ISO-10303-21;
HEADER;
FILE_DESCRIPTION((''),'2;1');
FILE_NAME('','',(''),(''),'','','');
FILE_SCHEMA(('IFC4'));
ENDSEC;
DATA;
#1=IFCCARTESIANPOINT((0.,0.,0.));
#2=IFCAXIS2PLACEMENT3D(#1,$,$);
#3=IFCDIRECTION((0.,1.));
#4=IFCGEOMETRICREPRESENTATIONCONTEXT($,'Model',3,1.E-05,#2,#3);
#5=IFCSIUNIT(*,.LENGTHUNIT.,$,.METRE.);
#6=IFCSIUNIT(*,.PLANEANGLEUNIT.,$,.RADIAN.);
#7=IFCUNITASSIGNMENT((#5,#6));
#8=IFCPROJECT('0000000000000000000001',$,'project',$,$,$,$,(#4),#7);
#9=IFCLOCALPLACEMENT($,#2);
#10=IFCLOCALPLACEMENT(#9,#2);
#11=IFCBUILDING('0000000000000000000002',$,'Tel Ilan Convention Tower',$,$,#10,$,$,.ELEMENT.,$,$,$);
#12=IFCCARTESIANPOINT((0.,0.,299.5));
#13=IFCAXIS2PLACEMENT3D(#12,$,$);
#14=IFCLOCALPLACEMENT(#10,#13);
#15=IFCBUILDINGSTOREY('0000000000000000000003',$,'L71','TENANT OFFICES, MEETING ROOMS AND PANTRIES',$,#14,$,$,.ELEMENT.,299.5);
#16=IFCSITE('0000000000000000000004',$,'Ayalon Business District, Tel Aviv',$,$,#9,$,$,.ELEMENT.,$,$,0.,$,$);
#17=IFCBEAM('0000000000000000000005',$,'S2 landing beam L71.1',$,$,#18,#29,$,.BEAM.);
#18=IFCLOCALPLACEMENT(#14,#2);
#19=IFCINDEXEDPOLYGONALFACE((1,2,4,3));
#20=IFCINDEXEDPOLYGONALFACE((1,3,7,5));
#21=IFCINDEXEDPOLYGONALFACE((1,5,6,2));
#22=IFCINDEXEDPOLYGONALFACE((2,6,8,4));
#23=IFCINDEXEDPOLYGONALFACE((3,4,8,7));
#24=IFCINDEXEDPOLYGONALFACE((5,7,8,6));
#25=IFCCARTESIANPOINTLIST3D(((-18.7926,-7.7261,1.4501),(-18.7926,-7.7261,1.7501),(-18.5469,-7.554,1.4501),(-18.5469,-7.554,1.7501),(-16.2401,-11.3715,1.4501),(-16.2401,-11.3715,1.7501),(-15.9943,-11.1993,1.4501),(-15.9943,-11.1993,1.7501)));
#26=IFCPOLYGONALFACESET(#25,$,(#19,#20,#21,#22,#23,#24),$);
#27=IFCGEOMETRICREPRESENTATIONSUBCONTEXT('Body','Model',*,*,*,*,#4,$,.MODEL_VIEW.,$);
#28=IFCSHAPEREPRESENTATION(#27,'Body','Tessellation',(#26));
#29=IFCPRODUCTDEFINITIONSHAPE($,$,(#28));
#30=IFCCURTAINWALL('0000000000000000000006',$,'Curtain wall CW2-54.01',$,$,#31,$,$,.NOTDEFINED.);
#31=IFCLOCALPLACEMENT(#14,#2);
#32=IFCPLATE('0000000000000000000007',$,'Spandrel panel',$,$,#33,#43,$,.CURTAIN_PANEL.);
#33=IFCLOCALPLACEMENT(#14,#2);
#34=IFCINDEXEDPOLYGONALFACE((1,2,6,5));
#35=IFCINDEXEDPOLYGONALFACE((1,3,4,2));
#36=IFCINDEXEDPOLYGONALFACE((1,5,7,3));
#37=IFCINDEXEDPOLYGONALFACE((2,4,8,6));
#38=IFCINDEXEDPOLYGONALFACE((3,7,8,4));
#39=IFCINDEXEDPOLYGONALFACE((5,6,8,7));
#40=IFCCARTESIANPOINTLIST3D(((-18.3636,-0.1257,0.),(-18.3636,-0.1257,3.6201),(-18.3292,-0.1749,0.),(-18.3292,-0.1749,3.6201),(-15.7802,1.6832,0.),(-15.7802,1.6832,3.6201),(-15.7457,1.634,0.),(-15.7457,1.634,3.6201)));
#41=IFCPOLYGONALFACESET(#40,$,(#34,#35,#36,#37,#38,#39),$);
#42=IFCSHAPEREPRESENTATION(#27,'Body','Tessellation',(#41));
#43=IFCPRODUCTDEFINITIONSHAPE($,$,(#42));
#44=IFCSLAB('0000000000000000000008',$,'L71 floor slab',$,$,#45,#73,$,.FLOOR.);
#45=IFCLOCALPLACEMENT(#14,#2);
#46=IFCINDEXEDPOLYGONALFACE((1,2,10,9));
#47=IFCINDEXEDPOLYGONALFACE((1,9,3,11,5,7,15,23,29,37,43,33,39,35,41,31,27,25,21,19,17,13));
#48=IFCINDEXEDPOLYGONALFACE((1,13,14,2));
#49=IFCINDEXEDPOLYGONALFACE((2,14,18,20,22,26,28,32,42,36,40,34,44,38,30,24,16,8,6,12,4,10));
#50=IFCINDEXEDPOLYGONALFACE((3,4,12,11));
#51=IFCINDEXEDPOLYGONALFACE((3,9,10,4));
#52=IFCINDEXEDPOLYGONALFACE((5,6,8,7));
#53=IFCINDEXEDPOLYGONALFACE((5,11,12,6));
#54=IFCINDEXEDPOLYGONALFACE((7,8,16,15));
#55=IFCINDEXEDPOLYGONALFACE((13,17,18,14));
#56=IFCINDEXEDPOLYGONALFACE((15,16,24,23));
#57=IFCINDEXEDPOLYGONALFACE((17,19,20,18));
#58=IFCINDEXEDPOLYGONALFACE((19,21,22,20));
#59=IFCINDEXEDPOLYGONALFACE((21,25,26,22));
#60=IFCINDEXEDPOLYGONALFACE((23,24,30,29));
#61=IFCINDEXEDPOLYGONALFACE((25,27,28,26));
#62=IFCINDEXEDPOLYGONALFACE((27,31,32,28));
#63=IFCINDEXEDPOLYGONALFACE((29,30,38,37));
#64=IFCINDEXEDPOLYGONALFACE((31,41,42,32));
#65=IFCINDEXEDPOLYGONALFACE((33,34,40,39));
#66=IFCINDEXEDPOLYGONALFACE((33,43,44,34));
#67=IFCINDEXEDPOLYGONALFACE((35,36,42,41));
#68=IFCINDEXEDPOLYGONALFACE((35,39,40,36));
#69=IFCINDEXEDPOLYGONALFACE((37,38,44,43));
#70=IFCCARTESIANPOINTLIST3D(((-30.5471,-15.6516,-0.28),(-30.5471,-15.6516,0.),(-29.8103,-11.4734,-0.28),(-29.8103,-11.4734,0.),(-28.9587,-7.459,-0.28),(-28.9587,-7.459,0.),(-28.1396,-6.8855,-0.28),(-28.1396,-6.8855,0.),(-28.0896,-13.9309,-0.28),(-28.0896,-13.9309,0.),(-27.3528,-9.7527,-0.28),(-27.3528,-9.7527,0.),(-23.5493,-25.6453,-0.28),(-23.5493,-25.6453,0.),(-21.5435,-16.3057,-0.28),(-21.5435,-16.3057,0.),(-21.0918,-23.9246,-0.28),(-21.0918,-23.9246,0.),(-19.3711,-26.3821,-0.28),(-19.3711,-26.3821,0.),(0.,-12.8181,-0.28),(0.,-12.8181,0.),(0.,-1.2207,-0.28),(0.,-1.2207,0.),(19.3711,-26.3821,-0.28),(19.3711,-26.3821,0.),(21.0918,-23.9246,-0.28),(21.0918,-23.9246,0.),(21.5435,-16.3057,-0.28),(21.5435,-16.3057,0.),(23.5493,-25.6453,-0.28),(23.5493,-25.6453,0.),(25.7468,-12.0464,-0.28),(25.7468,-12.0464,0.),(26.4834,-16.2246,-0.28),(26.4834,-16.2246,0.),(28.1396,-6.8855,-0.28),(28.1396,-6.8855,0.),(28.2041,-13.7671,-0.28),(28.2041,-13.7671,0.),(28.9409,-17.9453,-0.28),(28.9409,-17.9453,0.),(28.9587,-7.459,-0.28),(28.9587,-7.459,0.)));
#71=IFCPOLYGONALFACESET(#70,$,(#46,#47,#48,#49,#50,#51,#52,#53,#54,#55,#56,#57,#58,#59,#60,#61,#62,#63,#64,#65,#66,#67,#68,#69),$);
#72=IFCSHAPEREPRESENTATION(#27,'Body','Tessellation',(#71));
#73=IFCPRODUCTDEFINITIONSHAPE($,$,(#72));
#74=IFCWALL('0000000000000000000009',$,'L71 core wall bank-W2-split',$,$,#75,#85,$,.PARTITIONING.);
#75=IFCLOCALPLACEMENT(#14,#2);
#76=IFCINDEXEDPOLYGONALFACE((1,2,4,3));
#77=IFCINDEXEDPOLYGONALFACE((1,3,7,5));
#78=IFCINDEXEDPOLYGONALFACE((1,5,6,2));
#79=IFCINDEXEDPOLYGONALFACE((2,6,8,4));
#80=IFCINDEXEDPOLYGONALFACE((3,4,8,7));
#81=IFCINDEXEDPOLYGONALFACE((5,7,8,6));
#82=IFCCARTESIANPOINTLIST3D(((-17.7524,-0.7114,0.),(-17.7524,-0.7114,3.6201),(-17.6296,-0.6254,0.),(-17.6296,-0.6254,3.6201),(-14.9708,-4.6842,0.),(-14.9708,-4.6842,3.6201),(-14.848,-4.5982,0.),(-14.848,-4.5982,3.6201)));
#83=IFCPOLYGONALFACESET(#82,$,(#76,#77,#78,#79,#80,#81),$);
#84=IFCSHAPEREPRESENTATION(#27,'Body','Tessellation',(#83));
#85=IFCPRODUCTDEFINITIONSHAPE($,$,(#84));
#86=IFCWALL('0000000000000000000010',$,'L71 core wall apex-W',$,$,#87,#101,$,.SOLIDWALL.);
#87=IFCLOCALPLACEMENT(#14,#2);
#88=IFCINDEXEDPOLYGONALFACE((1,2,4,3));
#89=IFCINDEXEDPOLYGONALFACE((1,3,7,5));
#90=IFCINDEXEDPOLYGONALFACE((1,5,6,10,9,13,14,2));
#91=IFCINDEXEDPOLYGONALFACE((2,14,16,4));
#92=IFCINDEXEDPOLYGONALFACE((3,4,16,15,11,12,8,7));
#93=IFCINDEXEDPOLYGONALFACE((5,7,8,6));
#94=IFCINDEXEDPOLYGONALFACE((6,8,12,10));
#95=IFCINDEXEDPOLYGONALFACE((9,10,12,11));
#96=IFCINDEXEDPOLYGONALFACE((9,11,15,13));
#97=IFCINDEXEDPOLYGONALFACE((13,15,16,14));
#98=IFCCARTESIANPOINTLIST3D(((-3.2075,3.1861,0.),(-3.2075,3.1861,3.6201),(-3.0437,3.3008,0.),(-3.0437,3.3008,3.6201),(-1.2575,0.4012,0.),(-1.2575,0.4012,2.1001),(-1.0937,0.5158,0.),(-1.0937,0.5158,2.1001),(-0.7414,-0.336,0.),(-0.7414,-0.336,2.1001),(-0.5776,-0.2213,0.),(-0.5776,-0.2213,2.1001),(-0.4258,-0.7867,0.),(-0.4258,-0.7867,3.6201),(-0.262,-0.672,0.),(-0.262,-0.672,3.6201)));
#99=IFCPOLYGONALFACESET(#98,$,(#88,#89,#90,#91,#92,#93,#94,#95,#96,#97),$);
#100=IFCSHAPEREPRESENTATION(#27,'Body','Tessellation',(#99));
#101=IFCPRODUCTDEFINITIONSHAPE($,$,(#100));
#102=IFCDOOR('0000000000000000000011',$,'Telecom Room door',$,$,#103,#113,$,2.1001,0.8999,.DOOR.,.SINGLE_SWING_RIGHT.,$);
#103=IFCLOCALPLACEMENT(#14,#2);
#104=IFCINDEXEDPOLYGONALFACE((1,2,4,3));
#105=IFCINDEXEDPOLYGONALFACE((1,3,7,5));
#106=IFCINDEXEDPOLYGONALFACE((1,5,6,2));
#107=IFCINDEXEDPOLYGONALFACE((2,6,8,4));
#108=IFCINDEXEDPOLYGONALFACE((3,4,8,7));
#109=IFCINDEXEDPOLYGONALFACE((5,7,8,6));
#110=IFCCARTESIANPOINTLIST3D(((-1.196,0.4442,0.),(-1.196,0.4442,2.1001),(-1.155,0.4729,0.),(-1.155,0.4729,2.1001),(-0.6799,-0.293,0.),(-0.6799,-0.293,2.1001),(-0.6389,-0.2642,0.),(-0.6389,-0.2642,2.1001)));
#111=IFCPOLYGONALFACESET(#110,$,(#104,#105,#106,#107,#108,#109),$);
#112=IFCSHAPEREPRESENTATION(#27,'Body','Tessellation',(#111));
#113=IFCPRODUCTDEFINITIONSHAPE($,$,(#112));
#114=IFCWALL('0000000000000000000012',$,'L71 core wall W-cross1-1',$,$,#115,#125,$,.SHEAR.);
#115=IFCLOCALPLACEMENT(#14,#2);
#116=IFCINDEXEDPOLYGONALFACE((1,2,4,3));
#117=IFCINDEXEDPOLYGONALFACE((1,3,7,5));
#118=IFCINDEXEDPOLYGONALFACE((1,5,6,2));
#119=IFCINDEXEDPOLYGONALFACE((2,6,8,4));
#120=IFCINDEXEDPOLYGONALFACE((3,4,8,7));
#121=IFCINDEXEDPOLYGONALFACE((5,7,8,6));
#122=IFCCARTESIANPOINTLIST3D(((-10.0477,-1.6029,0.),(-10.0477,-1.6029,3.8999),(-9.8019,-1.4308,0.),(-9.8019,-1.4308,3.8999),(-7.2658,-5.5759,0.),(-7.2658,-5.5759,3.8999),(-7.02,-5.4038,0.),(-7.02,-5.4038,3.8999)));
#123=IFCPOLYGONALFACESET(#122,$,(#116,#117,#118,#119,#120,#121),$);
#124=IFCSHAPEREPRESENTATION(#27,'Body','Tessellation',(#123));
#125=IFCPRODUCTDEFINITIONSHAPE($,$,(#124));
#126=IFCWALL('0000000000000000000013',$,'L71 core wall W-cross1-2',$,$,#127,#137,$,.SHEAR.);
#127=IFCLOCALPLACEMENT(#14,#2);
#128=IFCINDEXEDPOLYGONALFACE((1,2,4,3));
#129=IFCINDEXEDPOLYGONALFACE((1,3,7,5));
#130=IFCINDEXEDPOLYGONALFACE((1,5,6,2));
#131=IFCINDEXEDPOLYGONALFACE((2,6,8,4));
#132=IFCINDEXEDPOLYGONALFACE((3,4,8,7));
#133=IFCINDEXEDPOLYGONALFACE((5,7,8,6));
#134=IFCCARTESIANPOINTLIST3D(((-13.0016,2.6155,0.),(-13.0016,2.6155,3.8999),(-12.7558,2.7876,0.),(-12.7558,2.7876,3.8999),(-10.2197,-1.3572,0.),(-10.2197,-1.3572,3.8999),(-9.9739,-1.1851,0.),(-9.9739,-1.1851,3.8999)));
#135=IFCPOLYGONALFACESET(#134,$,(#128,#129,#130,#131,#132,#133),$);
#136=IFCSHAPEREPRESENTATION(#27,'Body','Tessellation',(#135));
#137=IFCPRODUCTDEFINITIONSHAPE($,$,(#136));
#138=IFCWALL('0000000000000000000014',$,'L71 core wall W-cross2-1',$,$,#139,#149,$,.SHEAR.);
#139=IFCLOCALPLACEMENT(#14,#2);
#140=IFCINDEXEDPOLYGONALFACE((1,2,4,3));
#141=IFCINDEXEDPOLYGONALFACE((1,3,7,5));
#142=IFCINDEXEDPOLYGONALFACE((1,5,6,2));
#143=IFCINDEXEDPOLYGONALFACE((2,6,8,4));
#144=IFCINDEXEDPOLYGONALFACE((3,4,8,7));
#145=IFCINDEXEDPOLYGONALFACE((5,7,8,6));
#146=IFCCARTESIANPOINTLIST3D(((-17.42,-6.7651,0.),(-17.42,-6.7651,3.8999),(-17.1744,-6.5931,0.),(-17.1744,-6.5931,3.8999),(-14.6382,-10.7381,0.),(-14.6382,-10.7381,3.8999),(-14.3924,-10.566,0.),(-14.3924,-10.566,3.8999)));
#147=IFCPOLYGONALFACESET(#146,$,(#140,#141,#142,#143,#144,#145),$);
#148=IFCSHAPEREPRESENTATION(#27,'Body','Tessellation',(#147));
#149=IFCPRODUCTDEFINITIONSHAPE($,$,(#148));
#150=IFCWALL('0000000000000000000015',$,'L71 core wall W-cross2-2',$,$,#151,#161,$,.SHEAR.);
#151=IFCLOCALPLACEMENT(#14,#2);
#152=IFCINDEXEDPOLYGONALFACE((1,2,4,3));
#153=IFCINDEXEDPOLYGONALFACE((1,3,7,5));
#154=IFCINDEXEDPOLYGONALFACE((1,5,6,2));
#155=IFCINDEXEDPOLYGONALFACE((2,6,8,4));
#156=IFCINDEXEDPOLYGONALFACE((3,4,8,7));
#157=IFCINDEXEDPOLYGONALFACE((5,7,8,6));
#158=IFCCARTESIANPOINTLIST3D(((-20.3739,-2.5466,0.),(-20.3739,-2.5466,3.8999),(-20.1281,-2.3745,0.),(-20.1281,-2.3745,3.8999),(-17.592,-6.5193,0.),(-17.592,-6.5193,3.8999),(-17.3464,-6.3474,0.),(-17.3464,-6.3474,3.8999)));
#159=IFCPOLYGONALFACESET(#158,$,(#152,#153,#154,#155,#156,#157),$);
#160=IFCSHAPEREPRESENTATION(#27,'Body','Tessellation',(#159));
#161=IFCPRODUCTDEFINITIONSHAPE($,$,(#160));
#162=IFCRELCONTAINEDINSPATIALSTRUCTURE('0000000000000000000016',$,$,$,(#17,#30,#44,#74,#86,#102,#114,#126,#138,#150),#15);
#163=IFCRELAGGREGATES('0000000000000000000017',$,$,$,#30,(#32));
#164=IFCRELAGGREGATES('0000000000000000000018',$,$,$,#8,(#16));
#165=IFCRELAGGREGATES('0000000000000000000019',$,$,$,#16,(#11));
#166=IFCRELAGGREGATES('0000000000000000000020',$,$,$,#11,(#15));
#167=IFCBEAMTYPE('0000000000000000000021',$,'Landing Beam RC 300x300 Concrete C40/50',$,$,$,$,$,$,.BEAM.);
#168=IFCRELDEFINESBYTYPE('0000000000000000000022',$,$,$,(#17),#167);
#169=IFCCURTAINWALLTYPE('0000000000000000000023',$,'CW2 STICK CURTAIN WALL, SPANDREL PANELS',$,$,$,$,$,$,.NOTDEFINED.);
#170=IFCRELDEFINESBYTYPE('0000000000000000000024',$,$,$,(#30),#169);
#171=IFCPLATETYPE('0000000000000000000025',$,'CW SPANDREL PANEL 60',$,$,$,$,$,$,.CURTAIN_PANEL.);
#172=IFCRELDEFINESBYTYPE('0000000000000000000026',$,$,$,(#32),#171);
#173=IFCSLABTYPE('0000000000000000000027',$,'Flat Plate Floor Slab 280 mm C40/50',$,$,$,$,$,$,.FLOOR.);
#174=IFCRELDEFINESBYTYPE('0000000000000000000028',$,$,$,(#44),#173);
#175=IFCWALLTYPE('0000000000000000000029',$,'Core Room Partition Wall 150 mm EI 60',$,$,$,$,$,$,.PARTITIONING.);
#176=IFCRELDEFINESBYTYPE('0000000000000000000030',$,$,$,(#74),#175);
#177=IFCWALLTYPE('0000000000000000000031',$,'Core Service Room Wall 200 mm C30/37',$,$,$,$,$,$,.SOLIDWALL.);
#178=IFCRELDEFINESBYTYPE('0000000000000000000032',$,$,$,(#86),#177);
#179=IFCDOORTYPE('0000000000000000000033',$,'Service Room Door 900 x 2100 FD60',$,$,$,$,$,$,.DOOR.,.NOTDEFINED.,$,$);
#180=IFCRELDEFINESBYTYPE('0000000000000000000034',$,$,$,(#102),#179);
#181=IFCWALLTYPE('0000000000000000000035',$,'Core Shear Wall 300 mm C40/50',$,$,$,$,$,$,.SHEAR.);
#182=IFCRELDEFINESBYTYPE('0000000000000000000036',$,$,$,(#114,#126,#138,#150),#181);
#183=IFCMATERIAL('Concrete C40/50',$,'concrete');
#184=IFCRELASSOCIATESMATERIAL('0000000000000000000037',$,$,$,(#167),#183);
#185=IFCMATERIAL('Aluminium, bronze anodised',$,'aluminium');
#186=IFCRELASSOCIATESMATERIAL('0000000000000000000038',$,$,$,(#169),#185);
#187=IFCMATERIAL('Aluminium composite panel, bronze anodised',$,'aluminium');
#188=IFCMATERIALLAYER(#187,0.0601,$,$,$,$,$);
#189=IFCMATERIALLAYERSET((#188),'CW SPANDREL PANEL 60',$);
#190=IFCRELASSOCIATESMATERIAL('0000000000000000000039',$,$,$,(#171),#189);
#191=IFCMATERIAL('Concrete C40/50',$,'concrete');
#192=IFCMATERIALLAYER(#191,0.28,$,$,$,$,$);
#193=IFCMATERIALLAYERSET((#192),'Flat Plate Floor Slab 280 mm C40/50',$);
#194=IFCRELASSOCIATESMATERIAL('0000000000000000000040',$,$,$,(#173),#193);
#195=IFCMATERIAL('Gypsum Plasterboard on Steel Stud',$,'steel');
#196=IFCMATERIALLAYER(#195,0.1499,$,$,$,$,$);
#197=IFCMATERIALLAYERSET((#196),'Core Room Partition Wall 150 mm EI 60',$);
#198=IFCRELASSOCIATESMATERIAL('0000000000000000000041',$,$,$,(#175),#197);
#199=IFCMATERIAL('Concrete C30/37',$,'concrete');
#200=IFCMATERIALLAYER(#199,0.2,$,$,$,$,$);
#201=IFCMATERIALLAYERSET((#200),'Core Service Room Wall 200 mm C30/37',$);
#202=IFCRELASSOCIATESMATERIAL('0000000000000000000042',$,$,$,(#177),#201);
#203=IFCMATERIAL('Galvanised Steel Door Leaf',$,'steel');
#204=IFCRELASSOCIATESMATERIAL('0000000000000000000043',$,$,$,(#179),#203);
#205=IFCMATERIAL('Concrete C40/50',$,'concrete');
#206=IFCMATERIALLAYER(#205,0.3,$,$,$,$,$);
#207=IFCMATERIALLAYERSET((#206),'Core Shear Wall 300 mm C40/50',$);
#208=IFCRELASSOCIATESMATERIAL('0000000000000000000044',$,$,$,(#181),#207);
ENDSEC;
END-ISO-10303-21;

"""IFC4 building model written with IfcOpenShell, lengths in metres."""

from ifc_helpers import new_model, si_unit, direction, frame, frame_2d, origin, origin_2d, place, context, subcontext, project, spatial, polyline, rectangle, outline, extrude, material, layer, layer_set, material_profile, profile_set, type_object, element, fill, aggregate, save


model = new_model("IFC4")

# Units and contexts
model_context = context("Model", 3, precision=1e-05, world=origin(), true_north=direction((0.0, 1.0)))
body_context = subcontext(model_context, "Body", "Model", "MODEL_VIEW")
ifc_project = project(units=[si_unit("LENGTHUNIT", "METRE"), si_unit("PLANEANGLEUNIT", "RADIAN")], contexts=[model_context])

# Site, building, storey
site_placement = place(None, origin())
site = spatial("IfcSite", under=ifc_project, at=site_placement, Name="Ayalon Business District, Tel Aviv", CompositionType="ELEMENT", RefElevation=0.0)
building_placement = place(site_placement, origin())
building = spatial("IfcBuilding", under=site, at=building_placement, Name="Tel Ilan Convention Tower", CompositionType="ELEMENT")
storey_placement = place(building_placement, frame((0.0, 0.0, 299.5)))
storey = spatial("IfcBuildingStorey", under=building, at=storey_placement, Name="L71", Description="TENANT OFFICES, MEETING ROOMS AND PANTRIES", CompositionType="ELEMENT", Elevation=299.5)

# Beam
ifc_material_1 = material(Name="Concrete C40/50", Category="concrete")
ifc_material_profile = material_profile(ifc_material_1, rectangle(XDim=0.3, YDim=0.3, at=origin_2d()), Name="RC 300x300")
ifc_profile_set = profile_set([ifc_material_profile], Name="Concrete C40/50")
beam_type = type_object("IfcBeamType", Name="Landing Beam RC 300x300 Concrete C40/50", PredefinedType="BEAM", material=ifc_profile_set)
beam_placement = place(storey_placement, frame((-16.1172, -11.2854, 1.6001), z_axis=(-0.573584, 0.819147, 0.0), x_axis=(-0.819147, -0.573584, 0.0)))
element("IfcBeam", 1, at=beam_placement, inside=storey, type_object=beam_type, Name="S2 landing beam L71.1", PredefinedType="BEAM", context=body_context, shape_type="SweptSolid", body=[
    extrude(rectangle(XDim=0.3, YDim=0.3, at=origin_2d()), origin(), (0.0, 0.0, 1.0), 4.4502),
])

# Curtain wall, plate
ifc_material_2 = material(Name="Aluminium, bronze anodised", Category="aluminium")
curtain_wall_type = type_object("IfcCurtainWallType", Name="CW2 STICK CURTAIN WALL, SPANDREL PANELS", PredefinedType="NOTDEFINED", material=ifc_material_2)
curtain_wall_placement = place(storey_placement, origin())
curtain_wall = element("IfcCurtainWall", 2, at=curtain_wall_placement, inside=storey, type_object=curtain_wall_type, Name="Curtain wall CW2-54.01", PredefinedType="NOTDEFINED")
ifc_material_3 = material(Name="Aluminium composite panel, bronze anodised", Category="aluminium")
ifc_layer_1 = layer(ifc_material_3, 0.0601)
ifc_layer_set_1 = layer_set([ifc_layer_1], Name="CW SPANDREL PANEL 60")
plate_type = type_object("IfcPlateType", Name="CW SPANDREL PANEL 60", PredefinedType="CURTAIN_PANEL", material=ifc_layer_set_1)
plate_placement = place(storey_placement, frame((-17.0547, 0.7542, 0.0), z_axis=(0.0, 0.0, 1.0), x_axis=(-0.819152, -0.573576, 0.0)))
plate = element("IfcPlate", 3, at=plate_placement, type_object=plate_type, Name="Spandrel panel", PredefinedType="CURTAIN_PANEL", context=body_context, shape_type="SweptSolid", body=[
    extrude(rectangle(XDim=3.1538, YDim=0.0601, at=origin_2d()), origin(), (0.0, 0.0, 1.0), 3.6201),
])
aggregate(curtain_wall, [plate])

# Slab
ifc_material_4 = material(Name="Concrete C40/50", Category="concrete")
ifc_layer_2 = layer(ifc_material_4, 0.28)
ifc_layer_set_2 = layer_set([ifc_layer_2], Name="Flat Plate Floor Slab 280 mm C40/50")
slab_type_1 = type_object("IfcSlabType", Name="Flat Plate Floor Slab 280 mm C40/50", PredefinedType="FLOOR", material=ifc_layer_set_2)
slab_1_placement = place(storey_placement, frame((0.0, 0.0, -0.28)))
element("IfcSlab", 4, at=slab_1_placement, inside=storey, type_object=slab_type_1, Name="L71 floor slab", PredefinedType="FLOOR", context=body_context, shape_type="SweptSolid", body=[
    extrude(outline(polyline([(-21.5435, -16.3057), (0.0, -1.2207), (21.5435, -16.3057), (28.1396, -6.8855), (28.9587, -7.459), (25.7468, -12.0464), (28.2041, -13.7671), (26.4834, -16.2246), (28.9409, -17.9453), (23.5493, -25.6453), (21.0918, -23.9246), (19.3711, -26.3821), (0.0, -12.8181), (-19.3711, -26.3821), (-21.0918, -23.9246), (-23.5493, -25.6453), (-30.5471, -15.6516), (-28.0896, -13.9309), (-29.8103, -11.4734), (-27.3528, -9.7527), (-28.9587, -7.459), (-28.1396, -6.8855), (-21.5435, -16.3057)])), origin(), (0.0, 0.0, 1.0), 0.28),
])

# Wall
ifc_material_5 = material(Name="Gypsum Plasterboard on Steel Stud", Category="steel")
ifc_layer_3 = layer(ifc_material_5, 0.1499)
ifc_layer_set_3 = layer_set([ifc_layer_3], Name="Core Room Partition Wall 150 mm EI 60")
wall_type_1 = type_object("IfcWallType", Name="Core Room Partition Wall 150 mm EI 60", PredefinedType="PARTITIONING", material=ifc_layer_set_3)
wall_1_placement = place(storey_placement, frame((-14.9094, -4.6411, 0.0), z_axis=(0.0, 0.0, 1.0), x_axis=(-0.57356, 0.819163, 0.0)))
element("IfcWall", 5, at=wall_1_placement, inside=storey, type_object=wall_type_1, Name="L71 core wall bank-W2-split", PredefinedType="PARTITIONING", context=body_context, shape_type="SweptSolid", body=[
    extrude(rectangle(XDim=4.8499, YDim=0.1499, at=frame_2d((2.4248, 0.0))), origin(), (0.0, 0.0, 1.0), 3.6201),
])

# Wall, opening, door
ifc_material_6 = material(Name="Concrete C30/37", Category="concrete")
ifc_layer_4 = layer(ifc_material_6, 0.2)
ifc_layer_set_4 = layer_set([ifc_layer_4], Name="Core Service Room Wall 200 mm C30/37")
wall_type_2 = type_object("IfcWallType", Name="Core Service Room Wall 200 mm C30/37", PredefinedType="SOLIDWALL", material=ifc_layer_set_4)
wall_2_placement = place(storey_placement, frame((-0.344, -0.7292, 0.0), z_axis=(0.0, 0.0, 1.0), x_axis=(-0.57356, 0.819163, 0.0)))
wall_2 = element("IfcWall", 6, at=wall_2_placement, inside=storey, type_object=wall_type_2, Name="L71 core wall apex-W", PredefinedType="SOLIDWALL", context=body_context, shape_type="SweptSolid", body=[
    extrude(rectangle(XDim=4.8499, YDim=0.2, at=frame_2d((2.4248, 0.0))), origin(), (0.0, 0.0, 1.0), 3.6201),
])
opening_1_placement = place(wall_2_placement, frame((0.55, 0.0, 0.0)))
opening_1 = element("IfcOpeningElement", 7, at=opening_1_placement, cuts=wall_2, PredefinedType="OPENING", context=body_context, shape_type="SweptSolid", body=[
    extrude(rectangle(XDim=0.8999, YDim=2.1001, at=frame_2d((0.45, 1.05))), frame((0.0, 0.1099, 0.0), z_axis=(0.0, -1.0, 0.0), x_axis=(1.0, 0.0, 0.0)), (0.0, 0.0, 1.0), 0.22),
])
ifc_material_7 = material(Name="Galvanised Steel Door Leaf", Category="steel")
door_type_1 = type_object("IfcDoorType", Name="Service Room Door 900 x 2100 FD60", OperationType="NOTDEFINED", PredefinedType="DOOR", material=ifc_material_7)
door_1_placement = place(opening_1_placement, origin())
door_1 = element("IfcDoor", 8, at=door_1_placement, inside=storey, type_object=door_type_1, Name="Telecom Room door", OperationType="SINGLE_SWING_RIGHT", OverallHeight=2.1001, OverallWidth=0.8999, PredefinedType="DOOR", context=body_context, shape_type="SweptSolid", body=[
    extrude(rectangle(XDim=0.8999, YDim=2.1001, at=frame_2d((0.45, 1.05))), frame((0.0, 0.0249, 0.0), z_axis=(0.0, -1.0, 0.0), x_axis=(1.0, 0.0, 0.0)), (0.0, 0.0, 1.0), 0.05),
])
fill(opening_1, door_1)

# Walls
ifc_material_8 = material(Name="Concrete C40/50", Category="concrete")
ifc_layer_5 = layer(ifc_material_8, 0.3)
ifc_layer_set_5 = layer_set([ifc_layer_5], Name="Core Shear Wall 300 mm C40/50")
wall_type_3 = type_object("IfcWallType", Name="Core Shear Wall 300 mm C40/50", PredefinedType="SHEAR", material=ifc_layer_set_5)
wall_3_placement = place(storey_placement, frame((-7.1428, -5.4897, 0.0), z_axis=(0.0, 0.0, 1.0), x_axis=(-0.573618, 0.819123, 0.0)))
element("IfcWall", 9, at=wall_3_placement, inside=storey, type_object=wall_type_3, Name="L71 core wall W-cross1-1", PredefinedType="SHEAR", context=body_context, shape_type="SweptSolid", body=[
    extrude(outline(polyline([(4.8501, 0.1499), (0.0, 0.1501), (0.0, -0.1499), (4.8501, -0.1501), (4.8501, 0.1499)])), origin(), (0.0, 0.0, 1.0), 3.8999),
])
wall_4_placement = place(storey_placement, frame((-10.0969, -1.2712, 0.0), z_axis=(0.0, 0.0, 1.0), x_axis=(-0.57356, 0.819163, 0.0)))
element("IfcWall", 10, at=wall_4_placement, inside=storey, type_object=wall_type_3, Name="L71 core wall W-cross1-2", PredefinedType="SHEAR", context=body_context, shape_type="SweptSolid", body=[
    extrude(outline(polyline([(4.8499, -0.1499), (4.8499, 0.1501), (0.0, 0.1499), (0.0, -0.1501), (4.8499, -0.1499)])), origin(), (0.0, 0.0, 1.0), 3.8999),
])
wall_5_placement = place(storey_placement, frame((-14.5154, -10.6521, 0.0), z_axis=(0.0, 0.0, 1.0), x_axis=(-0.57356, 0.819163, 0.0)))
element("IfcWall", 11, at=wall_5_placement, inside=storey, type_object=wall_type_3, Name="L71 core wall W-cross2-1", PredefinedType="SHEAR", context=body_context, shape_type="SweptSolid", body=[
    extrude(outline(polyline([(4.8501, 0.1499), (0.0, 0.1499), (0.0, -0.1501), (4.8501, -0.1499), (4.8501, 0.1499)])), origin(), (0.0, 0.0, 1.0), 3.8999),
])
wall_6_placement = place(storey_placement, frame((-17.4692, -6.4333, 0.0), z_axis=(0.0, 0.0, 1.0), x_axis=(-0.573594, 0.81914, 0.0)))
element("IfcWall", 12, at=wall_6_placement, inside=storey, type_object=wall_type_3, Name="L71 core wall W-cross2-2", PredefinedType="SHEAR", context=body_context, shape_type="SweptSolid", body=[
    extrude(outline(polyline([(4.8499, -0.1501), (4.8499, 0.1499), (0.0, 0.1499), (0.0, -0.1499), (4.8499, -0.1501)])), origin(), (0.0, 0.0, 1.0), 3.8999),
])

save(model, "model.ifc")
